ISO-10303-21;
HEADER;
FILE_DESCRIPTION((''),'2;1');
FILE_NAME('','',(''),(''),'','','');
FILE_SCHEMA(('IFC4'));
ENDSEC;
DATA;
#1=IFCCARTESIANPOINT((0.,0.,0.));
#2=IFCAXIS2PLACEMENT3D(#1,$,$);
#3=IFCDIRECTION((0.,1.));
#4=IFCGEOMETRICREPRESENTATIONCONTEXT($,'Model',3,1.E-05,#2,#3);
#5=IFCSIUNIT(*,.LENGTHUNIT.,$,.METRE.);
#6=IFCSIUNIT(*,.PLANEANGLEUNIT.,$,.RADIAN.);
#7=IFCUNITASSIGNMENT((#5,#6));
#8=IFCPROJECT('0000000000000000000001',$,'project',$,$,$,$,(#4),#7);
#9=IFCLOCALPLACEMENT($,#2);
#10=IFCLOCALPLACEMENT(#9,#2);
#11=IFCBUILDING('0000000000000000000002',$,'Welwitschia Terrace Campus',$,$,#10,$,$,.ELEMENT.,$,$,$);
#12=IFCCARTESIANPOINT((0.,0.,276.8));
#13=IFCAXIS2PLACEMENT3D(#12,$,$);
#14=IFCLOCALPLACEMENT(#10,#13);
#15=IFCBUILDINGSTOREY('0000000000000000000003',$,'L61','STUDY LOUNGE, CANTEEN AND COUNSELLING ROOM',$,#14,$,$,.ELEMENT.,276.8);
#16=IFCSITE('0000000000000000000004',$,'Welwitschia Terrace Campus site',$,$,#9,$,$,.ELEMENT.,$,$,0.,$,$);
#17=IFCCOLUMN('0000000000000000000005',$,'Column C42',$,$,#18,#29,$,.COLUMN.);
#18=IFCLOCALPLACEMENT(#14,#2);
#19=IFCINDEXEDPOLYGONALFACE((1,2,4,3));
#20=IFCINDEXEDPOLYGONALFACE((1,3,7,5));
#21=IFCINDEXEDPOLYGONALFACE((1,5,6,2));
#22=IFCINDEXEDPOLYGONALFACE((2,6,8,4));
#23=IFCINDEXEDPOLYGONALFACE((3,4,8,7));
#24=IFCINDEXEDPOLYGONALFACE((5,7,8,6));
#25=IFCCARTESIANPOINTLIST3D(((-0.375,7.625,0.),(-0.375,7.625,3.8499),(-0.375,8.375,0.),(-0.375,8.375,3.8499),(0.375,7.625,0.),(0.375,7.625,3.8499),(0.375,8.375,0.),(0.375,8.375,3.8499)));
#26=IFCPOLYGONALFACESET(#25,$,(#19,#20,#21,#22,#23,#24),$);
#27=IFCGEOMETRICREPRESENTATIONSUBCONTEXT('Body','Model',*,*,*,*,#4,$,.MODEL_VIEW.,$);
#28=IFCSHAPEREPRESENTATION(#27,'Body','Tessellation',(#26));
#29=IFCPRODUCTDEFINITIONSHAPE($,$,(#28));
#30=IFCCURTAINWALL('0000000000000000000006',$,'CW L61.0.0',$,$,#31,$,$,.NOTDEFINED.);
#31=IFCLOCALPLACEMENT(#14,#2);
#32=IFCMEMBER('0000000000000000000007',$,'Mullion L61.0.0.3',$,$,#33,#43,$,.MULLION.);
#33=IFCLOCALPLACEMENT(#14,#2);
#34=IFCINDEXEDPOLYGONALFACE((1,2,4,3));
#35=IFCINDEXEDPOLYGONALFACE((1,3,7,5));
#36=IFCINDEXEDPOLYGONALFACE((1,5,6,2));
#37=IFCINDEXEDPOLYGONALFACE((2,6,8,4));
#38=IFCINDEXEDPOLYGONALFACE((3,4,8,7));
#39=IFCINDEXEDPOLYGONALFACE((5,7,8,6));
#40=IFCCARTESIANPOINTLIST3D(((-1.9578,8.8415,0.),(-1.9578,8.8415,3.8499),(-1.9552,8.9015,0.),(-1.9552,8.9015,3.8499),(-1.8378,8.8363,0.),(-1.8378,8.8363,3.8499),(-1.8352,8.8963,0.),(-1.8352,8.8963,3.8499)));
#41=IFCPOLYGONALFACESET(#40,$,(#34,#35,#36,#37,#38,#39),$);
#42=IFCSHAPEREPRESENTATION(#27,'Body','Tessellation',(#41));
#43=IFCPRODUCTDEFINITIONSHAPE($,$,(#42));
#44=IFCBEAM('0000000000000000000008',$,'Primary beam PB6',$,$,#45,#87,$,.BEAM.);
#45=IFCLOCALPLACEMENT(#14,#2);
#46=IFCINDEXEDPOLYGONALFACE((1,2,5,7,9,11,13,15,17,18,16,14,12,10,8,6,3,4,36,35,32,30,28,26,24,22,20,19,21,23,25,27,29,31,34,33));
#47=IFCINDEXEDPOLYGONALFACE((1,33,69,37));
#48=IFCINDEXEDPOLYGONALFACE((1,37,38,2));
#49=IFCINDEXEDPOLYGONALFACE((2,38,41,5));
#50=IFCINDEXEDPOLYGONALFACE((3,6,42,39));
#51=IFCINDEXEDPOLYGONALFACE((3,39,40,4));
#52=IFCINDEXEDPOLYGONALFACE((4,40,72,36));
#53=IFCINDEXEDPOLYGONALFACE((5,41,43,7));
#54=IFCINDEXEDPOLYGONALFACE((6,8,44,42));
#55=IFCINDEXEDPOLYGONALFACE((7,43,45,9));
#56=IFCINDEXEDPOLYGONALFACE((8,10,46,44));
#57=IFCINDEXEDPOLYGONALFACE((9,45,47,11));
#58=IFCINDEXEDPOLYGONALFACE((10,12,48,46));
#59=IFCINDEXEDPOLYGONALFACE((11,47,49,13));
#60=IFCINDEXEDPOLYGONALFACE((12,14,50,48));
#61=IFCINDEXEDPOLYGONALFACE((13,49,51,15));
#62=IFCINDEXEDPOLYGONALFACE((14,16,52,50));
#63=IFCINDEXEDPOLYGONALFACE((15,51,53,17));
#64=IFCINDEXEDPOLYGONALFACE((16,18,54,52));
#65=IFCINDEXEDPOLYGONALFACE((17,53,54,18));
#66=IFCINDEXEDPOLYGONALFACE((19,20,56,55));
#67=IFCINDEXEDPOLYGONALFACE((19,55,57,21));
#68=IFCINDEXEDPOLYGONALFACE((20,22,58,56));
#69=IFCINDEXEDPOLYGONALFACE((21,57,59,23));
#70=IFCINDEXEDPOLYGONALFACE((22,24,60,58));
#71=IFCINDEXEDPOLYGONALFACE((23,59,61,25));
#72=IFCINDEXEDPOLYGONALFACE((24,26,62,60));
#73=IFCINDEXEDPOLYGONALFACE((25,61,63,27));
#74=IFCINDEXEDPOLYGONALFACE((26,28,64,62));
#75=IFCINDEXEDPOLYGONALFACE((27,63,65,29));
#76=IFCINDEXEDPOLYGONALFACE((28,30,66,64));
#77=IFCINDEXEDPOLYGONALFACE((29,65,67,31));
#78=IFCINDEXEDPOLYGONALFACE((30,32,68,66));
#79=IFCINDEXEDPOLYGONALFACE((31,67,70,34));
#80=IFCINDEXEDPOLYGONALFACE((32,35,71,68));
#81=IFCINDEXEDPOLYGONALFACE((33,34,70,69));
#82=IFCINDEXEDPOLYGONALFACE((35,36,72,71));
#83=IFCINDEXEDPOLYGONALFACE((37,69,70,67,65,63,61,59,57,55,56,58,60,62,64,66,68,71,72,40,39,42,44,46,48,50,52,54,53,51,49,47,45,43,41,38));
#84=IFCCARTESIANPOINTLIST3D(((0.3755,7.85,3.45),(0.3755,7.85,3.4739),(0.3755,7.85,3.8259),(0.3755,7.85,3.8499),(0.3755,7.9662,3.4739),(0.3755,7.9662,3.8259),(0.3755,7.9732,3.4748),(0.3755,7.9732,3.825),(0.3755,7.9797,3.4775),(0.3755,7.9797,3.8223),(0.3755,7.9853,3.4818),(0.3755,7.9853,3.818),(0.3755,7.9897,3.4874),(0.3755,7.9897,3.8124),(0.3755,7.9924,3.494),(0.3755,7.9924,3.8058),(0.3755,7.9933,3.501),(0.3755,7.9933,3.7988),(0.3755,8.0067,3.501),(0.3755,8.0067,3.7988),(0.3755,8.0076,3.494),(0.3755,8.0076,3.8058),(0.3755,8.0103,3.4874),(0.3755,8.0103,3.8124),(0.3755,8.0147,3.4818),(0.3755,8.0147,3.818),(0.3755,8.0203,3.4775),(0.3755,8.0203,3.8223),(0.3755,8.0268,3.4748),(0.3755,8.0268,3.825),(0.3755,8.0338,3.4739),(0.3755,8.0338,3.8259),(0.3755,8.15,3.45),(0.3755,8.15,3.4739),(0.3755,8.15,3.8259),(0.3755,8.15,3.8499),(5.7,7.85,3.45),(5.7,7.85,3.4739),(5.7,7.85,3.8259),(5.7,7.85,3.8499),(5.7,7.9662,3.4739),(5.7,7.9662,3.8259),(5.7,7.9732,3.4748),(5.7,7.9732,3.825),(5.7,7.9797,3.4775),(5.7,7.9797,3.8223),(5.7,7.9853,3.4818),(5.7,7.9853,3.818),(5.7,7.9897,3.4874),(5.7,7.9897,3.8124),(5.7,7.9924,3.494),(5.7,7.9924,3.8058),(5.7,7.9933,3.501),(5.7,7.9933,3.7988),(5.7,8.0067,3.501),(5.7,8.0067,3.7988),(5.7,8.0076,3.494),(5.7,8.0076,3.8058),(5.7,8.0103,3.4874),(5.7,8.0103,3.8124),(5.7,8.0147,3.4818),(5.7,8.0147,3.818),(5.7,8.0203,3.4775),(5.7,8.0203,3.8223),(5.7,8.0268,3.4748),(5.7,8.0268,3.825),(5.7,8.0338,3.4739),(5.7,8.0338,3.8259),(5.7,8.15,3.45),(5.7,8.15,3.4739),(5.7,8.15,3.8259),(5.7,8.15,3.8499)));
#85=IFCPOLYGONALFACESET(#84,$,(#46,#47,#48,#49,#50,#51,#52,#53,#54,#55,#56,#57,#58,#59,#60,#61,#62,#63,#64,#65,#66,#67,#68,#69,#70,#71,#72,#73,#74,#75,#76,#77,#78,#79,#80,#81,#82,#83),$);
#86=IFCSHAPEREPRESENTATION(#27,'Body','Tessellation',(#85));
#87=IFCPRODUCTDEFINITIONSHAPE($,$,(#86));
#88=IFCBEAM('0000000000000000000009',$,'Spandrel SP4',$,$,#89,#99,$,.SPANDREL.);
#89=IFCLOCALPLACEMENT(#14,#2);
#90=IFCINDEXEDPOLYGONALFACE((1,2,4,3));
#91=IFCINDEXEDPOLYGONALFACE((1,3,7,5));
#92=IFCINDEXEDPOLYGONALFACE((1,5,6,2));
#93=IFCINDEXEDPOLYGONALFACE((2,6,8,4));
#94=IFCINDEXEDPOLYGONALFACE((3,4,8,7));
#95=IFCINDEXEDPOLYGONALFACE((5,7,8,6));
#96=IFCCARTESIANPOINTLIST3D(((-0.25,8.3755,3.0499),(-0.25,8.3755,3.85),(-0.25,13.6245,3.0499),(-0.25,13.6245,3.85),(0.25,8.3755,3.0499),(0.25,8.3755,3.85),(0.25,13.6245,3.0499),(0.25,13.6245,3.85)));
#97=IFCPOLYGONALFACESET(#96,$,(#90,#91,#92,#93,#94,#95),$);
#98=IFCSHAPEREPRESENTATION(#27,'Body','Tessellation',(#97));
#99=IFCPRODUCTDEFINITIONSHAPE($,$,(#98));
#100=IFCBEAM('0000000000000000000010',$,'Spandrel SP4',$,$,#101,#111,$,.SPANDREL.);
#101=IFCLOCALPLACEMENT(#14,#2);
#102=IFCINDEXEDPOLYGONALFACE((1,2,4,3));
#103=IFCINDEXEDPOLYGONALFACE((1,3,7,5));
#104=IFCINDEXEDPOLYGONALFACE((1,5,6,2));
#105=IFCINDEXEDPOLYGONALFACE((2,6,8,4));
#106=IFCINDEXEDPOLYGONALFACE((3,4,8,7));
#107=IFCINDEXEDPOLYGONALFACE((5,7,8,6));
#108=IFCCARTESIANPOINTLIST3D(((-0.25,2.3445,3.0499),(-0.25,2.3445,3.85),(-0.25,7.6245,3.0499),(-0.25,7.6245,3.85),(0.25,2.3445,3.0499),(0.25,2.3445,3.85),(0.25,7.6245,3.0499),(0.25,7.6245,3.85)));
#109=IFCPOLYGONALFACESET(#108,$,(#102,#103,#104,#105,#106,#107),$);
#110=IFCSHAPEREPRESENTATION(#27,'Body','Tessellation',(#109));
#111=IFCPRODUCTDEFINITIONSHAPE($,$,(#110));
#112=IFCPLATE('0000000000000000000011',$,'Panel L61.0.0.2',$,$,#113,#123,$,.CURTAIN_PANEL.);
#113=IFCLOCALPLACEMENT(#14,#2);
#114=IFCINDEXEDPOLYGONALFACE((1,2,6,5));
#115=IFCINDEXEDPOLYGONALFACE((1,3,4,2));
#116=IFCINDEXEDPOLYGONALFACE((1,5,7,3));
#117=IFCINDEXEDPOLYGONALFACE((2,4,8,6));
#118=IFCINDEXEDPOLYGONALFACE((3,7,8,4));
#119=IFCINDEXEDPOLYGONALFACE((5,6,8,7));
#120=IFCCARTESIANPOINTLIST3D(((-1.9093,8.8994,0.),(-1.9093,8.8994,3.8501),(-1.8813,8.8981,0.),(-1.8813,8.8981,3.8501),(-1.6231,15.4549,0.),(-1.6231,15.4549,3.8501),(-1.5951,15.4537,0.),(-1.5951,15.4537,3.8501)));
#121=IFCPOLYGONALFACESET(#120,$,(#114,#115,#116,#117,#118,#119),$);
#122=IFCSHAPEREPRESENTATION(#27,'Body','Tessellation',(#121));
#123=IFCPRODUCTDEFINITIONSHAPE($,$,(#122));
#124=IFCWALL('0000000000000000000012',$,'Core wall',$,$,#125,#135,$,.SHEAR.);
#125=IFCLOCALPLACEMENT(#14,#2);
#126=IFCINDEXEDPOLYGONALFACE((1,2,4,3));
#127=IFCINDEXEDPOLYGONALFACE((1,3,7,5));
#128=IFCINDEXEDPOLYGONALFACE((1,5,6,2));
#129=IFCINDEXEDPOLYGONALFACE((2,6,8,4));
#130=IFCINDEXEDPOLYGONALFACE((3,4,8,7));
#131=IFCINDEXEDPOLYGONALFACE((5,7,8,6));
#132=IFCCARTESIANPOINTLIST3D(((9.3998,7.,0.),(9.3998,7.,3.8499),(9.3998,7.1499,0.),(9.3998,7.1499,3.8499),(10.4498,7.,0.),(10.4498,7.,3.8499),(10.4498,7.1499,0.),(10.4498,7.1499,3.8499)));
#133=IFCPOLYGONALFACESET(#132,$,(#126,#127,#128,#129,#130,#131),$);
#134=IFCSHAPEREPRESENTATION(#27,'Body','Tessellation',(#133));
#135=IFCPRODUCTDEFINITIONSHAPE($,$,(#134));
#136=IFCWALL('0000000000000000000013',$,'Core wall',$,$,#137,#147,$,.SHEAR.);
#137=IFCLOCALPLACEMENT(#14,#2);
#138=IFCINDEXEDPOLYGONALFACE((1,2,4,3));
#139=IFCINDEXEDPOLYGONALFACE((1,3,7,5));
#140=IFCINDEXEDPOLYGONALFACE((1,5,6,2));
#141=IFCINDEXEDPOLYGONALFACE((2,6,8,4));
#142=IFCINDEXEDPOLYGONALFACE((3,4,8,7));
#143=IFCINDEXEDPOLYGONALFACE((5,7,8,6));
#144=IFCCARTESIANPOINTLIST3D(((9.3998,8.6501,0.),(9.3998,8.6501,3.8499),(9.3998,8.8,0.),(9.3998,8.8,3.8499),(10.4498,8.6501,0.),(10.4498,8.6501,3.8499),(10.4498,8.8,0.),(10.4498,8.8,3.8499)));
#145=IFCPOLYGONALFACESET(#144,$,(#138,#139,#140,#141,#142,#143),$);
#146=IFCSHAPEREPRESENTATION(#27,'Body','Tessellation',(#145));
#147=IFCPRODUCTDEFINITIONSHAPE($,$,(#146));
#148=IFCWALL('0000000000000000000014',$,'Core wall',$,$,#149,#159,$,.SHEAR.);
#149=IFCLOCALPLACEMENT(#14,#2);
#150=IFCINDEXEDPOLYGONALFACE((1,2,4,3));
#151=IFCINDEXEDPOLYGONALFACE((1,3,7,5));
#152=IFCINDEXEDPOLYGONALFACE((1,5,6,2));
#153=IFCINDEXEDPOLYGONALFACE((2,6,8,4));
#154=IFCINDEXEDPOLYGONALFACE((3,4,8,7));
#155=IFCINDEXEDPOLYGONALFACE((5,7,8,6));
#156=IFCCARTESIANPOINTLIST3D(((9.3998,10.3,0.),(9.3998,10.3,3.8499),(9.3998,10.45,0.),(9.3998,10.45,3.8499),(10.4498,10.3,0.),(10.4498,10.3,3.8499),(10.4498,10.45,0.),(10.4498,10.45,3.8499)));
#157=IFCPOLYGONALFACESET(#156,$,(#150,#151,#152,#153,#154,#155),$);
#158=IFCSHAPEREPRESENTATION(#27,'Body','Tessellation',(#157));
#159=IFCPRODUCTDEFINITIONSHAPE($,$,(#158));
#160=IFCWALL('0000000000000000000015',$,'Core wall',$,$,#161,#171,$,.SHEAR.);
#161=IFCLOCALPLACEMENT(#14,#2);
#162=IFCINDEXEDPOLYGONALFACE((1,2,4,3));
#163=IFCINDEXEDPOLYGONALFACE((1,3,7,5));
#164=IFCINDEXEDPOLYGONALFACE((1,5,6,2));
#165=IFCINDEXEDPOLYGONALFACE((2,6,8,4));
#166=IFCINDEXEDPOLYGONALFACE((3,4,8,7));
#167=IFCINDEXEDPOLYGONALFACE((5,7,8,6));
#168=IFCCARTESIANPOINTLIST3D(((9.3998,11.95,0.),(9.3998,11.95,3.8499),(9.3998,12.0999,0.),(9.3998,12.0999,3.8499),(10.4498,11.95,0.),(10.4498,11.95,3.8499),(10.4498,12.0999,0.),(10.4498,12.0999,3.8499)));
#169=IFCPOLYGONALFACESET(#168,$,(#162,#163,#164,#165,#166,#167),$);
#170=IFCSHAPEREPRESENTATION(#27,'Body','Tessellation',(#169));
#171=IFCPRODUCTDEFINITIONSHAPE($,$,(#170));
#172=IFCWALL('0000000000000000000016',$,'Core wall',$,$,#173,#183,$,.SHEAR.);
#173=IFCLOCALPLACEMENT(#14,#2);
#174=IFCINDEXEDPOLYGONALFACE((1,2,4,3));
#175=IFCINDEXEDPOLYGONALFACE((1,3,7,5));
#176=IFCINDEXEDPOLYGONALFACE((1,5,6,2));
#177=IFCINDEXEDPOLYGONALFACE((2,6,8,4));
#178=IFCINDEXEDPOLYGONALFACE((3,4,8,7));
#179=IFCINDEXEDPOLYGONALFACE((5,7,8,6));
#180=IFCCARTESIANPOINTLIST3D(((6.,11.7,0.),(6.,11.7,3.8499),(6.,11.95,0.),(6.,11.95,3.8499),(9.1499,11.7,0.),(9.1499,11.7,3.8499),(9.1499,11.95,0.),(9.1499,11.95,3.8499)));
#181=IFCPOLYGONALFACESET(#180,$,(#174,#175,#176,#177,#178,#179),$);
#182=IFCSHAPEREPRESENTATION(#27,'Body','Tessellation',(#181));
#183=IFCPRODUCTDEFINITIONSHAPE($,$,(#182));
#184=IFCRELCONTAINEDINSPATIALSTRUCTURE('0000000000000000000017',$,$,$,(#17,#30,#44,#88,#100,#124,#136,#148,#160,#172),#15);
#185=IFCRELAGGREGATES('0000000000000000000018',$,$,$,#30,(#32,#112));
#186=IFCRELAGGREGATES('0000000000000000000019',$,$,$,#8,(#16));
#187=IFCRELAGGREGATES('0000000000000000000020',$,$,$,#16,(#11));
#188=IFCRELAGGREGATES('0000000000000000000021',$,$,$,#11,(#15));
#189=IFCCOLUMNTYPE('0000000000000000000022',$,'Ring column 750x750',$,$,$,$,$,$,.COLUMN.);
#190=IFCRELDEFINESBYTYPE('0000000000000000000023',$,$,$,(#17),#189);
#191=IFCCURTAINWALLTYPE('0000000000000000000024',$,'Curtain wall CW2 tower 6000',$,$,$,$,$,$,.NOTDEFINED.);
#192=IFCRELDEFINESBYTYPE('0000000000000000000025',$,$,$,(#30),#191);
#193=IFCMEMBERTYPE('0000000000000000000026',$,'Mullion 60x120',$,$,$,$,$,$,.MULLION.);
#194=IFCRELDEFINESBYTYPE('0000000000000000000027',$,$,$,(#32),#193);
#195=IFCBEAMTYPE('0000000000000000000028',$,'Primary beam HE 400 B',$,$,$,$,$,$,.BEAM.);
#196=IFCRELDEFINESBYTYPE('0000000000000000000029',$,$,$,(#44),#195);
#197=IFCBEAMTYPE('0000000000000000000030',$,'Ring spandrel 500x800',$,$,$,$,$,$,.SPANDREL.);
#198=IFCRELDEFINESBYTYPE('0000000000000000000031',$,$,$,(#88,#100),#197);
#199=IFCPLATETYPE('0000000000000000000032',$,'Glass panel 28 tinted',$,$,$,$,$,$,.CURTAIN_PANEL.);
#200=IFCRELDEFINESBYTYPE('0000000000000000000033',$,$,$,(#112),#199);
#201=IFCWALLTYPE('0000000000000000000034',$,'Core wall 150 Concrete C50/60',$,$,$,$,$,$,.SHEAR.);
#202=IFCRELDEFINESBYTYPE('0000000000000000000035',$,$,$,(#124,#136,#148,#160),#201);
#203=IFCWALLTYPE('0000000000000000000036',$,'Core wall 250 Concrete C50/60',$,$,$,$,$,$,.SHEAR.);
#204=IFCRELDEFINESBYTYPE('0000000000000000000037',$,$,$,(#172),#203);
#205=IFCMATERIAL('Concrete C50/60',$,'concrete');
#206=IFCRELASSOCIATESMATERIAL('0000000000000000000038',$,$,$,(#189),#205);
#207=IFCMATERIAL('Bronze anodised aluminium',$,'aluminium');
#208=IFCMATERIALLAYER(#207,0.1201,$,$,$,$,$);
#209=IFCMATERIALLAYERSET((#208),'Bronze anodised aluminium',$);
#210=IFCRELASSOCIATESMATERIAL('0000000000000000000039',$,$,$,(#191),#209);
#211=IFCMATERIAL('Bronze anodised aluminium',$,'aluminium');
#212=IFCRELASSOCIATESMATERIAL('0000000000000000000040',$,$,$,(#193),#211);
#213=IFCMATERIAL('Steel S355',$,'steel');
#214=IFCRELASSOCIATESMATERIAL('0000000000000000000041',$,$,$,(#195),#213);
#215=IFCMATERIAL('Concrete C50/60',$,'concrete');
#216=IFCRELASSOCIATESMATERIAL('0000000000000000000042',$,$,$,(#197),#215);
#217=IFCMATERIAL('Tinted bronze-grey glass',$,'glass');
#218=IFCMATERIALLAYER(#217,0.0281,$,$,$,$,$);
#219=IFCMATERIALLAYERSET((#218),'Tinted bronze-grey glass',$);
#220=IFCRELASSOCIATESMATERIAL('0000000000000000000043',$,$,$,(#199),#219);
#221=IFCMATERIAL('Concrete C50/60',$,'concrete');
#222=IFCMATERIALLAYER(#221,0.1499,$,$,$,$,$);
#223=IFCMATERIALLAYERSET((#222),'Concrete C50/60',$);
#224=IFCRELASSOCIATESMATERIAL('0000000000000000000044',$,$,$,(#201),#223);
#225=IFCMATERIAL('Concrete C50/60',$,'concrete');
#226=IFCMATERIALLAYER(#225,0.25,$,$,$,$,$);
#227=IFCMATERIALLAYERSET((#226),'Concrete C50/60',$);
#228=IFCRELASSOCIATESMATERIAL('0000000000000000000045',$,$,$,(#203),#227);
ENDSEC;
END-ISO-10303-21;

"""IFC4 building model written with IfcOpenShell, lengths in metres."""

from ifc_helpers import new_model, si_unit, direction, frame, frame_2d, origin, origin_2d, place, context, subcontext, project, spatial, rectangle, i_section, extrude, material, layer, layer_set, material_profile, profile_set, type_object, element, aggregate, save


model = new_model("IFC4")

# Units and contexts
model_context = context("Model", 3, precision=1e-05, world=origin(), true_north=direction((0.0, 1.0)))
body_context = subcontext(model_context, "Body", "Model", "MODEL_VIEW")
ifc_project = project(units=[si_unit("LENGTHUNIT", "METRE"), si_unit("PLANEANGLEUNIT", "RADIAN")], contexts=[model_context])

# Site, building, storey
site_placement = place(None, origin())
site = spatial("IfcSite", under=ifc_project, at=site_placement, Name="Welwitschia Terrace Campus site", CompositionType="ELEMENT", RefElevation=0.0)
building_placement = place(site_placement, origin())
building = spatial("IfcBuilding", under=site, at=building_placement, Name="Welwitschia Terrace Campus", CompositionType="ELEMENT")
storey_placement = place(building_placement, frame((0.0, 0.0, 276.8)))
storey = spatial("IfcBuildingStorey", under=building, at=storey_placement, Name="L61", Description="STUDY LOUNGE, CANTEEN AND COUNSELLING ROOM", CompositionType="ELEMENT", Elevation=276.8)

# Column
ifc_material_1 = material(Name="Concrete C50/60", Category="concrete")
ifc_material_profile_1 = material_profile(ifc_material_1, rectangle(XDim=0.75, YDim=0.75, at=origin_2d()))
ifc_profile_set_1 = profile_set([ifc_material_profile_1], Name="Concrete C50/60")
column_type = type_object("IfcColumnType", Name="Ring column 750x750", PredefinedType="COLUMN", material=ifc_profile_set_1)
column_placement = place(storey_placement, frame((0.0, 8.0, 0.0), z_axis=(0.0, 0.0, 1.0), x_axis=(1.0, 0.0, 0.0)))
element("IfcColumn", 1, at=column_placement, inside=storey, type_object=column_type, Name="Column C42", PredefinedType="COLUMN", context=body_context, shape_type="SweptSolid", body=[
    extrude(rectangle(XDim=0.75, YDim=0.75, at=origin_2d()), origin(), (0.0, 0.0, 1.0), 3.8499),
])

# Curtain wall, member
ifc_material_2 = material(Name="Bronze anodised aluminium", Category="aluminium")
ifc_layer_1 = layer(ifc_material_2, 0.1201)
ifc_layer_set_1 = layer_set([ifc_layer_1], Name="Bronze anodised aluminium")
curtain_wall_type = type_object("IfcCurtainWallType", Name="Curtain wall CW2 tower 6000", PredefinedType="NOTDEFINED", material=ifc_layer_set_1)
curtain_wall_placement = place(storey_placement, origin())
curtain_wall = element("IfcCurtainWall", 2, at=curtain_wall_placement, inside=storey, type_object=curtain_wall_type, Name="CW L61.0.0", PredefinedType="NOTDEFINED")
ifc_material_3 = material(Name="Bronze anodised aluminium", Category="aluminium")
ifc_material_profile_2 = material_profile(ifc_material_3, rectangle(XDim=0.1201, YDim=0.0601, at=origin_2d()))
ifc_profile_set_2 = profile_set([ifc_material_profile_2], Name="Bronze anodised aluminium")
member_type = type_object("IfcMemberType", Name="Mullion 60x120", PredefinedType="MULLION", material=ifc_profile_set_2)
member_placement = place(storey_placement, frame((-1.8965, 8.8689, 0.0), z_axis=(0.0, 0.0, 1.0), x_axis=(0.999048, -0.043619, 0.0)))
member = element("IfcMember", 3, at=member_placement, type_object=member_type, Name="Mullion L61.0.0.3", PredefinedType="MULLION", context=body_context, shape_type="SweptSolid", body=[
    extrude(rectangle(XDim=0.1201, YDim=0.0601, at=origin_2d()), origin(), (0.0, 0.0, 1.0), 3.8499),
])

# Beams
ifc_material_4 = material(Name="Steel S355", Category="steel")
ifc_material_profile_3 = material_profile(ifc_material_4, i_section(OverallWidth=0.3, OverallDepth=0.3999, WebThickness=0.0134, FlangeThickness=0.0239, FilletRadius=0.0271, at=origin_2d()))
ifc_profile_set_3 = profile_set([ifc_material_profile_3], Name="Steel S355")
beam_type_1 = type_object("IfcBeamType", Name="Primary beam HE 400 B", PredefinedType="BEAM", material=ifc_profile_set_3)
beam_1_placement = place(storey_placement, frame((0.3755, 8.0, 3.6499), z_axis=(1.0, 0.0, 0.0), x_axis=(0.0, 1.0, 0.0)))
element("IfcBeam", 4, at=beam_1_placement, inside=storey, type_object=beam_type_1, Name="Primary beam PB6", PredefinedType="BEAM", context=body_context, shape_type="SweptSolid", body=[
    extrude(i_section(OverallWidth=0.3, OverallDepth=0.3999, WebThickness=0.0134, FlangeThickness=0.0239, FilletRadius=0.0271, at=origin_2d()), origin(), (0.0, 0.0, 1.0), 5.3245),
])
ifc_material_5 = material(Name="Concrete C50/60", Category="concrete")
ifc_material_profile_4 = material_profile(ifc_material_5, rectangle(XDim=0.5, YDim=0.8, at=origin_2d()))
ifc_profile_set_4 = profile_set([ifc_material_profile_4], Name="Concrete C50/60")
beam_type_2 = type_object("IfcBeamType", Name="Ring spandrel 500x800", PredefinedType="SPANDREL", material=ifc_profile_set_4)
beam_2_placement = place(storey_placement, frame((0.0, 13.6245, 3.45), z_axis=(0.0, -1.0, 0.0), x_axis=(1.0, 0.0, 0.0)))
element("IfcBeam", 5, at=beam_2_placement, inside=storey, type_object=beam_type_2, Name="Spandrel SP4", PredefinedType="SPANDREL", context=body_context, shape_type="SweptSolid", body=[
    extrude(rectangle(XDim=0.5, YDim=0.8, at=origin_2d()), origin(), (0.0, 0.0, 1.0), 5.249),
])
beam_3_placement = place(storey_placement, frame((0.0, 7.6245, 3.45), z_axis=(0.0, -1.0, 0.0), x_axis=(1.0, 0.0, 0.0)))
element("IfcBeam", 6, at=beam_3_placement, inside=storey, type_object=beam_type_2, Name="Spandrel SP4", PredefinedType="SPANDREL", context=body_context, shape_type="SweptSolid", body=[
    extrude(rectangle(XDim=0.5, YDim=0.8, at=origin_2d()), origin(), (0.0, 0.0, 1.0), 5.28),
])

# Plate
ifc_material_6 = material(Name="Tinted bronze-grey glass", Category="glass")
ifc_layer_2 = layer(ifc_material_6, 0.0281)
ifc_layer_set_2 = layer_set([ifc_layer_2], Name="Tinted bronze-grey glass")
plate_type = type_object("IfcPlateType", Name="Glass panel 28 tinted", PredefinedType="CURTAIN_PANEL", material=ifc_layer_set_2)
plate_placement = place(storey_placement, frame((-1.7522, 12.1765, 0.0), z_axis=(0.0, 0.0, 1.0), x_axis=(-0.043619, -0.999048, 0.0)))
plate = element("IfcPlate", 7, at=plate_placement, type_object=plate_type, Name="Panel L61.0.0.2", PredefinedType="CURTAIN_PANEL", context=body_context, shape_type="SweptSolid", body=[
    extrude(rectangle(XDim=6.5618, YDim=0.0281, at=origin_2d()), origin(), (0.0, 0.0, 1.0), 3.8501),
])
aggregate(curtain_wall, [member, plate])

# Walls
ifc_material_7 = material(Name="Concrete C50/60", Category="concrete")
ifc_layer_3 = layer(ifc_material_7, 0.1499)
ifc_layer_set_3 = layer_set([ifc_layer_3], Name="Concrete C50/60")
wall_type_1 = type_object("IfcWallType", Name="Core wall 150 Concrete C50/60", PredefinedType="SHEAR", material=ifc_layer_set_3)
for number, where, z_axis, x_axis, name in (
    (8, (9.3999, 7.075, 0.0), (0.0, 0.0, 1.0), (1.0, 0.0, 0.0), "Core wall"),
    (9, (9.3999, 8.7251, 0.0), (0.0, 0.0, 1.0), (1.0, 0.0, 0.0), "Core wall"),
    (10, (9.3999, 10.375, 0.0), (0.0, 0.0, 1.0), (1.0, 0.0, 0.0), "Core wall"),
    (11, (9.3999, 12.0249, 0.0), (0.0, 0.0, 1.0), (1.0, 0.0, 0.0), "Core wall"),
):
    element("IfcWall", number, at=place(storey_placement, frame(where, z_axis=z_axis, x_axis=x_axis)), inside=storey, type_object=wall_type_1, Name=name, PredefinedType="SHEAR", context=body_context, shape_type="SweptSolid", body=[
        extrude(rectangle(XDim=1.05, YDim=0.1499, at=frame_2d((0.5249, 0.0))), origin(), (0.0, 0.0, 1.0), 3.8499),
    ])
ifc_material_8 = material(Name="Concrete C50/60", Category="concrete")
ifc_layer_4 = layer(ifc_material_8, 0.25)
ifc_layer_set_4 = layer_set([ifc_layer_4], Name="Concrete C50/60")
wall_type_2 = type_object("IfcWallType", Name="Core wall 250 Concrete C50/60", PredefinedType="SHEAR", material=ifc_layer_set_4)
wall_1_placement = place(storey_placement, frame((6.0, 11.825, 0.0), z_axis=(0.0, 0.0, 1.0), x_axis=(1.0, 0.0, 0.0)))
element("IfcWall", 12, at=wall_1_placement, inside=storey, type_object=wall_type_2, Name="Core wall", PredefinedType="SHEAR", context=body_context, shape_type="SweptSolid", body=[
    extrude(rectangle(XDim=3.1499, YDim=0.25, at=frame_2d((1.575, 0.0))), origin(), (0.0, 0.0, 1.0), 3.8499),
])

save(model, "model.ifc")
